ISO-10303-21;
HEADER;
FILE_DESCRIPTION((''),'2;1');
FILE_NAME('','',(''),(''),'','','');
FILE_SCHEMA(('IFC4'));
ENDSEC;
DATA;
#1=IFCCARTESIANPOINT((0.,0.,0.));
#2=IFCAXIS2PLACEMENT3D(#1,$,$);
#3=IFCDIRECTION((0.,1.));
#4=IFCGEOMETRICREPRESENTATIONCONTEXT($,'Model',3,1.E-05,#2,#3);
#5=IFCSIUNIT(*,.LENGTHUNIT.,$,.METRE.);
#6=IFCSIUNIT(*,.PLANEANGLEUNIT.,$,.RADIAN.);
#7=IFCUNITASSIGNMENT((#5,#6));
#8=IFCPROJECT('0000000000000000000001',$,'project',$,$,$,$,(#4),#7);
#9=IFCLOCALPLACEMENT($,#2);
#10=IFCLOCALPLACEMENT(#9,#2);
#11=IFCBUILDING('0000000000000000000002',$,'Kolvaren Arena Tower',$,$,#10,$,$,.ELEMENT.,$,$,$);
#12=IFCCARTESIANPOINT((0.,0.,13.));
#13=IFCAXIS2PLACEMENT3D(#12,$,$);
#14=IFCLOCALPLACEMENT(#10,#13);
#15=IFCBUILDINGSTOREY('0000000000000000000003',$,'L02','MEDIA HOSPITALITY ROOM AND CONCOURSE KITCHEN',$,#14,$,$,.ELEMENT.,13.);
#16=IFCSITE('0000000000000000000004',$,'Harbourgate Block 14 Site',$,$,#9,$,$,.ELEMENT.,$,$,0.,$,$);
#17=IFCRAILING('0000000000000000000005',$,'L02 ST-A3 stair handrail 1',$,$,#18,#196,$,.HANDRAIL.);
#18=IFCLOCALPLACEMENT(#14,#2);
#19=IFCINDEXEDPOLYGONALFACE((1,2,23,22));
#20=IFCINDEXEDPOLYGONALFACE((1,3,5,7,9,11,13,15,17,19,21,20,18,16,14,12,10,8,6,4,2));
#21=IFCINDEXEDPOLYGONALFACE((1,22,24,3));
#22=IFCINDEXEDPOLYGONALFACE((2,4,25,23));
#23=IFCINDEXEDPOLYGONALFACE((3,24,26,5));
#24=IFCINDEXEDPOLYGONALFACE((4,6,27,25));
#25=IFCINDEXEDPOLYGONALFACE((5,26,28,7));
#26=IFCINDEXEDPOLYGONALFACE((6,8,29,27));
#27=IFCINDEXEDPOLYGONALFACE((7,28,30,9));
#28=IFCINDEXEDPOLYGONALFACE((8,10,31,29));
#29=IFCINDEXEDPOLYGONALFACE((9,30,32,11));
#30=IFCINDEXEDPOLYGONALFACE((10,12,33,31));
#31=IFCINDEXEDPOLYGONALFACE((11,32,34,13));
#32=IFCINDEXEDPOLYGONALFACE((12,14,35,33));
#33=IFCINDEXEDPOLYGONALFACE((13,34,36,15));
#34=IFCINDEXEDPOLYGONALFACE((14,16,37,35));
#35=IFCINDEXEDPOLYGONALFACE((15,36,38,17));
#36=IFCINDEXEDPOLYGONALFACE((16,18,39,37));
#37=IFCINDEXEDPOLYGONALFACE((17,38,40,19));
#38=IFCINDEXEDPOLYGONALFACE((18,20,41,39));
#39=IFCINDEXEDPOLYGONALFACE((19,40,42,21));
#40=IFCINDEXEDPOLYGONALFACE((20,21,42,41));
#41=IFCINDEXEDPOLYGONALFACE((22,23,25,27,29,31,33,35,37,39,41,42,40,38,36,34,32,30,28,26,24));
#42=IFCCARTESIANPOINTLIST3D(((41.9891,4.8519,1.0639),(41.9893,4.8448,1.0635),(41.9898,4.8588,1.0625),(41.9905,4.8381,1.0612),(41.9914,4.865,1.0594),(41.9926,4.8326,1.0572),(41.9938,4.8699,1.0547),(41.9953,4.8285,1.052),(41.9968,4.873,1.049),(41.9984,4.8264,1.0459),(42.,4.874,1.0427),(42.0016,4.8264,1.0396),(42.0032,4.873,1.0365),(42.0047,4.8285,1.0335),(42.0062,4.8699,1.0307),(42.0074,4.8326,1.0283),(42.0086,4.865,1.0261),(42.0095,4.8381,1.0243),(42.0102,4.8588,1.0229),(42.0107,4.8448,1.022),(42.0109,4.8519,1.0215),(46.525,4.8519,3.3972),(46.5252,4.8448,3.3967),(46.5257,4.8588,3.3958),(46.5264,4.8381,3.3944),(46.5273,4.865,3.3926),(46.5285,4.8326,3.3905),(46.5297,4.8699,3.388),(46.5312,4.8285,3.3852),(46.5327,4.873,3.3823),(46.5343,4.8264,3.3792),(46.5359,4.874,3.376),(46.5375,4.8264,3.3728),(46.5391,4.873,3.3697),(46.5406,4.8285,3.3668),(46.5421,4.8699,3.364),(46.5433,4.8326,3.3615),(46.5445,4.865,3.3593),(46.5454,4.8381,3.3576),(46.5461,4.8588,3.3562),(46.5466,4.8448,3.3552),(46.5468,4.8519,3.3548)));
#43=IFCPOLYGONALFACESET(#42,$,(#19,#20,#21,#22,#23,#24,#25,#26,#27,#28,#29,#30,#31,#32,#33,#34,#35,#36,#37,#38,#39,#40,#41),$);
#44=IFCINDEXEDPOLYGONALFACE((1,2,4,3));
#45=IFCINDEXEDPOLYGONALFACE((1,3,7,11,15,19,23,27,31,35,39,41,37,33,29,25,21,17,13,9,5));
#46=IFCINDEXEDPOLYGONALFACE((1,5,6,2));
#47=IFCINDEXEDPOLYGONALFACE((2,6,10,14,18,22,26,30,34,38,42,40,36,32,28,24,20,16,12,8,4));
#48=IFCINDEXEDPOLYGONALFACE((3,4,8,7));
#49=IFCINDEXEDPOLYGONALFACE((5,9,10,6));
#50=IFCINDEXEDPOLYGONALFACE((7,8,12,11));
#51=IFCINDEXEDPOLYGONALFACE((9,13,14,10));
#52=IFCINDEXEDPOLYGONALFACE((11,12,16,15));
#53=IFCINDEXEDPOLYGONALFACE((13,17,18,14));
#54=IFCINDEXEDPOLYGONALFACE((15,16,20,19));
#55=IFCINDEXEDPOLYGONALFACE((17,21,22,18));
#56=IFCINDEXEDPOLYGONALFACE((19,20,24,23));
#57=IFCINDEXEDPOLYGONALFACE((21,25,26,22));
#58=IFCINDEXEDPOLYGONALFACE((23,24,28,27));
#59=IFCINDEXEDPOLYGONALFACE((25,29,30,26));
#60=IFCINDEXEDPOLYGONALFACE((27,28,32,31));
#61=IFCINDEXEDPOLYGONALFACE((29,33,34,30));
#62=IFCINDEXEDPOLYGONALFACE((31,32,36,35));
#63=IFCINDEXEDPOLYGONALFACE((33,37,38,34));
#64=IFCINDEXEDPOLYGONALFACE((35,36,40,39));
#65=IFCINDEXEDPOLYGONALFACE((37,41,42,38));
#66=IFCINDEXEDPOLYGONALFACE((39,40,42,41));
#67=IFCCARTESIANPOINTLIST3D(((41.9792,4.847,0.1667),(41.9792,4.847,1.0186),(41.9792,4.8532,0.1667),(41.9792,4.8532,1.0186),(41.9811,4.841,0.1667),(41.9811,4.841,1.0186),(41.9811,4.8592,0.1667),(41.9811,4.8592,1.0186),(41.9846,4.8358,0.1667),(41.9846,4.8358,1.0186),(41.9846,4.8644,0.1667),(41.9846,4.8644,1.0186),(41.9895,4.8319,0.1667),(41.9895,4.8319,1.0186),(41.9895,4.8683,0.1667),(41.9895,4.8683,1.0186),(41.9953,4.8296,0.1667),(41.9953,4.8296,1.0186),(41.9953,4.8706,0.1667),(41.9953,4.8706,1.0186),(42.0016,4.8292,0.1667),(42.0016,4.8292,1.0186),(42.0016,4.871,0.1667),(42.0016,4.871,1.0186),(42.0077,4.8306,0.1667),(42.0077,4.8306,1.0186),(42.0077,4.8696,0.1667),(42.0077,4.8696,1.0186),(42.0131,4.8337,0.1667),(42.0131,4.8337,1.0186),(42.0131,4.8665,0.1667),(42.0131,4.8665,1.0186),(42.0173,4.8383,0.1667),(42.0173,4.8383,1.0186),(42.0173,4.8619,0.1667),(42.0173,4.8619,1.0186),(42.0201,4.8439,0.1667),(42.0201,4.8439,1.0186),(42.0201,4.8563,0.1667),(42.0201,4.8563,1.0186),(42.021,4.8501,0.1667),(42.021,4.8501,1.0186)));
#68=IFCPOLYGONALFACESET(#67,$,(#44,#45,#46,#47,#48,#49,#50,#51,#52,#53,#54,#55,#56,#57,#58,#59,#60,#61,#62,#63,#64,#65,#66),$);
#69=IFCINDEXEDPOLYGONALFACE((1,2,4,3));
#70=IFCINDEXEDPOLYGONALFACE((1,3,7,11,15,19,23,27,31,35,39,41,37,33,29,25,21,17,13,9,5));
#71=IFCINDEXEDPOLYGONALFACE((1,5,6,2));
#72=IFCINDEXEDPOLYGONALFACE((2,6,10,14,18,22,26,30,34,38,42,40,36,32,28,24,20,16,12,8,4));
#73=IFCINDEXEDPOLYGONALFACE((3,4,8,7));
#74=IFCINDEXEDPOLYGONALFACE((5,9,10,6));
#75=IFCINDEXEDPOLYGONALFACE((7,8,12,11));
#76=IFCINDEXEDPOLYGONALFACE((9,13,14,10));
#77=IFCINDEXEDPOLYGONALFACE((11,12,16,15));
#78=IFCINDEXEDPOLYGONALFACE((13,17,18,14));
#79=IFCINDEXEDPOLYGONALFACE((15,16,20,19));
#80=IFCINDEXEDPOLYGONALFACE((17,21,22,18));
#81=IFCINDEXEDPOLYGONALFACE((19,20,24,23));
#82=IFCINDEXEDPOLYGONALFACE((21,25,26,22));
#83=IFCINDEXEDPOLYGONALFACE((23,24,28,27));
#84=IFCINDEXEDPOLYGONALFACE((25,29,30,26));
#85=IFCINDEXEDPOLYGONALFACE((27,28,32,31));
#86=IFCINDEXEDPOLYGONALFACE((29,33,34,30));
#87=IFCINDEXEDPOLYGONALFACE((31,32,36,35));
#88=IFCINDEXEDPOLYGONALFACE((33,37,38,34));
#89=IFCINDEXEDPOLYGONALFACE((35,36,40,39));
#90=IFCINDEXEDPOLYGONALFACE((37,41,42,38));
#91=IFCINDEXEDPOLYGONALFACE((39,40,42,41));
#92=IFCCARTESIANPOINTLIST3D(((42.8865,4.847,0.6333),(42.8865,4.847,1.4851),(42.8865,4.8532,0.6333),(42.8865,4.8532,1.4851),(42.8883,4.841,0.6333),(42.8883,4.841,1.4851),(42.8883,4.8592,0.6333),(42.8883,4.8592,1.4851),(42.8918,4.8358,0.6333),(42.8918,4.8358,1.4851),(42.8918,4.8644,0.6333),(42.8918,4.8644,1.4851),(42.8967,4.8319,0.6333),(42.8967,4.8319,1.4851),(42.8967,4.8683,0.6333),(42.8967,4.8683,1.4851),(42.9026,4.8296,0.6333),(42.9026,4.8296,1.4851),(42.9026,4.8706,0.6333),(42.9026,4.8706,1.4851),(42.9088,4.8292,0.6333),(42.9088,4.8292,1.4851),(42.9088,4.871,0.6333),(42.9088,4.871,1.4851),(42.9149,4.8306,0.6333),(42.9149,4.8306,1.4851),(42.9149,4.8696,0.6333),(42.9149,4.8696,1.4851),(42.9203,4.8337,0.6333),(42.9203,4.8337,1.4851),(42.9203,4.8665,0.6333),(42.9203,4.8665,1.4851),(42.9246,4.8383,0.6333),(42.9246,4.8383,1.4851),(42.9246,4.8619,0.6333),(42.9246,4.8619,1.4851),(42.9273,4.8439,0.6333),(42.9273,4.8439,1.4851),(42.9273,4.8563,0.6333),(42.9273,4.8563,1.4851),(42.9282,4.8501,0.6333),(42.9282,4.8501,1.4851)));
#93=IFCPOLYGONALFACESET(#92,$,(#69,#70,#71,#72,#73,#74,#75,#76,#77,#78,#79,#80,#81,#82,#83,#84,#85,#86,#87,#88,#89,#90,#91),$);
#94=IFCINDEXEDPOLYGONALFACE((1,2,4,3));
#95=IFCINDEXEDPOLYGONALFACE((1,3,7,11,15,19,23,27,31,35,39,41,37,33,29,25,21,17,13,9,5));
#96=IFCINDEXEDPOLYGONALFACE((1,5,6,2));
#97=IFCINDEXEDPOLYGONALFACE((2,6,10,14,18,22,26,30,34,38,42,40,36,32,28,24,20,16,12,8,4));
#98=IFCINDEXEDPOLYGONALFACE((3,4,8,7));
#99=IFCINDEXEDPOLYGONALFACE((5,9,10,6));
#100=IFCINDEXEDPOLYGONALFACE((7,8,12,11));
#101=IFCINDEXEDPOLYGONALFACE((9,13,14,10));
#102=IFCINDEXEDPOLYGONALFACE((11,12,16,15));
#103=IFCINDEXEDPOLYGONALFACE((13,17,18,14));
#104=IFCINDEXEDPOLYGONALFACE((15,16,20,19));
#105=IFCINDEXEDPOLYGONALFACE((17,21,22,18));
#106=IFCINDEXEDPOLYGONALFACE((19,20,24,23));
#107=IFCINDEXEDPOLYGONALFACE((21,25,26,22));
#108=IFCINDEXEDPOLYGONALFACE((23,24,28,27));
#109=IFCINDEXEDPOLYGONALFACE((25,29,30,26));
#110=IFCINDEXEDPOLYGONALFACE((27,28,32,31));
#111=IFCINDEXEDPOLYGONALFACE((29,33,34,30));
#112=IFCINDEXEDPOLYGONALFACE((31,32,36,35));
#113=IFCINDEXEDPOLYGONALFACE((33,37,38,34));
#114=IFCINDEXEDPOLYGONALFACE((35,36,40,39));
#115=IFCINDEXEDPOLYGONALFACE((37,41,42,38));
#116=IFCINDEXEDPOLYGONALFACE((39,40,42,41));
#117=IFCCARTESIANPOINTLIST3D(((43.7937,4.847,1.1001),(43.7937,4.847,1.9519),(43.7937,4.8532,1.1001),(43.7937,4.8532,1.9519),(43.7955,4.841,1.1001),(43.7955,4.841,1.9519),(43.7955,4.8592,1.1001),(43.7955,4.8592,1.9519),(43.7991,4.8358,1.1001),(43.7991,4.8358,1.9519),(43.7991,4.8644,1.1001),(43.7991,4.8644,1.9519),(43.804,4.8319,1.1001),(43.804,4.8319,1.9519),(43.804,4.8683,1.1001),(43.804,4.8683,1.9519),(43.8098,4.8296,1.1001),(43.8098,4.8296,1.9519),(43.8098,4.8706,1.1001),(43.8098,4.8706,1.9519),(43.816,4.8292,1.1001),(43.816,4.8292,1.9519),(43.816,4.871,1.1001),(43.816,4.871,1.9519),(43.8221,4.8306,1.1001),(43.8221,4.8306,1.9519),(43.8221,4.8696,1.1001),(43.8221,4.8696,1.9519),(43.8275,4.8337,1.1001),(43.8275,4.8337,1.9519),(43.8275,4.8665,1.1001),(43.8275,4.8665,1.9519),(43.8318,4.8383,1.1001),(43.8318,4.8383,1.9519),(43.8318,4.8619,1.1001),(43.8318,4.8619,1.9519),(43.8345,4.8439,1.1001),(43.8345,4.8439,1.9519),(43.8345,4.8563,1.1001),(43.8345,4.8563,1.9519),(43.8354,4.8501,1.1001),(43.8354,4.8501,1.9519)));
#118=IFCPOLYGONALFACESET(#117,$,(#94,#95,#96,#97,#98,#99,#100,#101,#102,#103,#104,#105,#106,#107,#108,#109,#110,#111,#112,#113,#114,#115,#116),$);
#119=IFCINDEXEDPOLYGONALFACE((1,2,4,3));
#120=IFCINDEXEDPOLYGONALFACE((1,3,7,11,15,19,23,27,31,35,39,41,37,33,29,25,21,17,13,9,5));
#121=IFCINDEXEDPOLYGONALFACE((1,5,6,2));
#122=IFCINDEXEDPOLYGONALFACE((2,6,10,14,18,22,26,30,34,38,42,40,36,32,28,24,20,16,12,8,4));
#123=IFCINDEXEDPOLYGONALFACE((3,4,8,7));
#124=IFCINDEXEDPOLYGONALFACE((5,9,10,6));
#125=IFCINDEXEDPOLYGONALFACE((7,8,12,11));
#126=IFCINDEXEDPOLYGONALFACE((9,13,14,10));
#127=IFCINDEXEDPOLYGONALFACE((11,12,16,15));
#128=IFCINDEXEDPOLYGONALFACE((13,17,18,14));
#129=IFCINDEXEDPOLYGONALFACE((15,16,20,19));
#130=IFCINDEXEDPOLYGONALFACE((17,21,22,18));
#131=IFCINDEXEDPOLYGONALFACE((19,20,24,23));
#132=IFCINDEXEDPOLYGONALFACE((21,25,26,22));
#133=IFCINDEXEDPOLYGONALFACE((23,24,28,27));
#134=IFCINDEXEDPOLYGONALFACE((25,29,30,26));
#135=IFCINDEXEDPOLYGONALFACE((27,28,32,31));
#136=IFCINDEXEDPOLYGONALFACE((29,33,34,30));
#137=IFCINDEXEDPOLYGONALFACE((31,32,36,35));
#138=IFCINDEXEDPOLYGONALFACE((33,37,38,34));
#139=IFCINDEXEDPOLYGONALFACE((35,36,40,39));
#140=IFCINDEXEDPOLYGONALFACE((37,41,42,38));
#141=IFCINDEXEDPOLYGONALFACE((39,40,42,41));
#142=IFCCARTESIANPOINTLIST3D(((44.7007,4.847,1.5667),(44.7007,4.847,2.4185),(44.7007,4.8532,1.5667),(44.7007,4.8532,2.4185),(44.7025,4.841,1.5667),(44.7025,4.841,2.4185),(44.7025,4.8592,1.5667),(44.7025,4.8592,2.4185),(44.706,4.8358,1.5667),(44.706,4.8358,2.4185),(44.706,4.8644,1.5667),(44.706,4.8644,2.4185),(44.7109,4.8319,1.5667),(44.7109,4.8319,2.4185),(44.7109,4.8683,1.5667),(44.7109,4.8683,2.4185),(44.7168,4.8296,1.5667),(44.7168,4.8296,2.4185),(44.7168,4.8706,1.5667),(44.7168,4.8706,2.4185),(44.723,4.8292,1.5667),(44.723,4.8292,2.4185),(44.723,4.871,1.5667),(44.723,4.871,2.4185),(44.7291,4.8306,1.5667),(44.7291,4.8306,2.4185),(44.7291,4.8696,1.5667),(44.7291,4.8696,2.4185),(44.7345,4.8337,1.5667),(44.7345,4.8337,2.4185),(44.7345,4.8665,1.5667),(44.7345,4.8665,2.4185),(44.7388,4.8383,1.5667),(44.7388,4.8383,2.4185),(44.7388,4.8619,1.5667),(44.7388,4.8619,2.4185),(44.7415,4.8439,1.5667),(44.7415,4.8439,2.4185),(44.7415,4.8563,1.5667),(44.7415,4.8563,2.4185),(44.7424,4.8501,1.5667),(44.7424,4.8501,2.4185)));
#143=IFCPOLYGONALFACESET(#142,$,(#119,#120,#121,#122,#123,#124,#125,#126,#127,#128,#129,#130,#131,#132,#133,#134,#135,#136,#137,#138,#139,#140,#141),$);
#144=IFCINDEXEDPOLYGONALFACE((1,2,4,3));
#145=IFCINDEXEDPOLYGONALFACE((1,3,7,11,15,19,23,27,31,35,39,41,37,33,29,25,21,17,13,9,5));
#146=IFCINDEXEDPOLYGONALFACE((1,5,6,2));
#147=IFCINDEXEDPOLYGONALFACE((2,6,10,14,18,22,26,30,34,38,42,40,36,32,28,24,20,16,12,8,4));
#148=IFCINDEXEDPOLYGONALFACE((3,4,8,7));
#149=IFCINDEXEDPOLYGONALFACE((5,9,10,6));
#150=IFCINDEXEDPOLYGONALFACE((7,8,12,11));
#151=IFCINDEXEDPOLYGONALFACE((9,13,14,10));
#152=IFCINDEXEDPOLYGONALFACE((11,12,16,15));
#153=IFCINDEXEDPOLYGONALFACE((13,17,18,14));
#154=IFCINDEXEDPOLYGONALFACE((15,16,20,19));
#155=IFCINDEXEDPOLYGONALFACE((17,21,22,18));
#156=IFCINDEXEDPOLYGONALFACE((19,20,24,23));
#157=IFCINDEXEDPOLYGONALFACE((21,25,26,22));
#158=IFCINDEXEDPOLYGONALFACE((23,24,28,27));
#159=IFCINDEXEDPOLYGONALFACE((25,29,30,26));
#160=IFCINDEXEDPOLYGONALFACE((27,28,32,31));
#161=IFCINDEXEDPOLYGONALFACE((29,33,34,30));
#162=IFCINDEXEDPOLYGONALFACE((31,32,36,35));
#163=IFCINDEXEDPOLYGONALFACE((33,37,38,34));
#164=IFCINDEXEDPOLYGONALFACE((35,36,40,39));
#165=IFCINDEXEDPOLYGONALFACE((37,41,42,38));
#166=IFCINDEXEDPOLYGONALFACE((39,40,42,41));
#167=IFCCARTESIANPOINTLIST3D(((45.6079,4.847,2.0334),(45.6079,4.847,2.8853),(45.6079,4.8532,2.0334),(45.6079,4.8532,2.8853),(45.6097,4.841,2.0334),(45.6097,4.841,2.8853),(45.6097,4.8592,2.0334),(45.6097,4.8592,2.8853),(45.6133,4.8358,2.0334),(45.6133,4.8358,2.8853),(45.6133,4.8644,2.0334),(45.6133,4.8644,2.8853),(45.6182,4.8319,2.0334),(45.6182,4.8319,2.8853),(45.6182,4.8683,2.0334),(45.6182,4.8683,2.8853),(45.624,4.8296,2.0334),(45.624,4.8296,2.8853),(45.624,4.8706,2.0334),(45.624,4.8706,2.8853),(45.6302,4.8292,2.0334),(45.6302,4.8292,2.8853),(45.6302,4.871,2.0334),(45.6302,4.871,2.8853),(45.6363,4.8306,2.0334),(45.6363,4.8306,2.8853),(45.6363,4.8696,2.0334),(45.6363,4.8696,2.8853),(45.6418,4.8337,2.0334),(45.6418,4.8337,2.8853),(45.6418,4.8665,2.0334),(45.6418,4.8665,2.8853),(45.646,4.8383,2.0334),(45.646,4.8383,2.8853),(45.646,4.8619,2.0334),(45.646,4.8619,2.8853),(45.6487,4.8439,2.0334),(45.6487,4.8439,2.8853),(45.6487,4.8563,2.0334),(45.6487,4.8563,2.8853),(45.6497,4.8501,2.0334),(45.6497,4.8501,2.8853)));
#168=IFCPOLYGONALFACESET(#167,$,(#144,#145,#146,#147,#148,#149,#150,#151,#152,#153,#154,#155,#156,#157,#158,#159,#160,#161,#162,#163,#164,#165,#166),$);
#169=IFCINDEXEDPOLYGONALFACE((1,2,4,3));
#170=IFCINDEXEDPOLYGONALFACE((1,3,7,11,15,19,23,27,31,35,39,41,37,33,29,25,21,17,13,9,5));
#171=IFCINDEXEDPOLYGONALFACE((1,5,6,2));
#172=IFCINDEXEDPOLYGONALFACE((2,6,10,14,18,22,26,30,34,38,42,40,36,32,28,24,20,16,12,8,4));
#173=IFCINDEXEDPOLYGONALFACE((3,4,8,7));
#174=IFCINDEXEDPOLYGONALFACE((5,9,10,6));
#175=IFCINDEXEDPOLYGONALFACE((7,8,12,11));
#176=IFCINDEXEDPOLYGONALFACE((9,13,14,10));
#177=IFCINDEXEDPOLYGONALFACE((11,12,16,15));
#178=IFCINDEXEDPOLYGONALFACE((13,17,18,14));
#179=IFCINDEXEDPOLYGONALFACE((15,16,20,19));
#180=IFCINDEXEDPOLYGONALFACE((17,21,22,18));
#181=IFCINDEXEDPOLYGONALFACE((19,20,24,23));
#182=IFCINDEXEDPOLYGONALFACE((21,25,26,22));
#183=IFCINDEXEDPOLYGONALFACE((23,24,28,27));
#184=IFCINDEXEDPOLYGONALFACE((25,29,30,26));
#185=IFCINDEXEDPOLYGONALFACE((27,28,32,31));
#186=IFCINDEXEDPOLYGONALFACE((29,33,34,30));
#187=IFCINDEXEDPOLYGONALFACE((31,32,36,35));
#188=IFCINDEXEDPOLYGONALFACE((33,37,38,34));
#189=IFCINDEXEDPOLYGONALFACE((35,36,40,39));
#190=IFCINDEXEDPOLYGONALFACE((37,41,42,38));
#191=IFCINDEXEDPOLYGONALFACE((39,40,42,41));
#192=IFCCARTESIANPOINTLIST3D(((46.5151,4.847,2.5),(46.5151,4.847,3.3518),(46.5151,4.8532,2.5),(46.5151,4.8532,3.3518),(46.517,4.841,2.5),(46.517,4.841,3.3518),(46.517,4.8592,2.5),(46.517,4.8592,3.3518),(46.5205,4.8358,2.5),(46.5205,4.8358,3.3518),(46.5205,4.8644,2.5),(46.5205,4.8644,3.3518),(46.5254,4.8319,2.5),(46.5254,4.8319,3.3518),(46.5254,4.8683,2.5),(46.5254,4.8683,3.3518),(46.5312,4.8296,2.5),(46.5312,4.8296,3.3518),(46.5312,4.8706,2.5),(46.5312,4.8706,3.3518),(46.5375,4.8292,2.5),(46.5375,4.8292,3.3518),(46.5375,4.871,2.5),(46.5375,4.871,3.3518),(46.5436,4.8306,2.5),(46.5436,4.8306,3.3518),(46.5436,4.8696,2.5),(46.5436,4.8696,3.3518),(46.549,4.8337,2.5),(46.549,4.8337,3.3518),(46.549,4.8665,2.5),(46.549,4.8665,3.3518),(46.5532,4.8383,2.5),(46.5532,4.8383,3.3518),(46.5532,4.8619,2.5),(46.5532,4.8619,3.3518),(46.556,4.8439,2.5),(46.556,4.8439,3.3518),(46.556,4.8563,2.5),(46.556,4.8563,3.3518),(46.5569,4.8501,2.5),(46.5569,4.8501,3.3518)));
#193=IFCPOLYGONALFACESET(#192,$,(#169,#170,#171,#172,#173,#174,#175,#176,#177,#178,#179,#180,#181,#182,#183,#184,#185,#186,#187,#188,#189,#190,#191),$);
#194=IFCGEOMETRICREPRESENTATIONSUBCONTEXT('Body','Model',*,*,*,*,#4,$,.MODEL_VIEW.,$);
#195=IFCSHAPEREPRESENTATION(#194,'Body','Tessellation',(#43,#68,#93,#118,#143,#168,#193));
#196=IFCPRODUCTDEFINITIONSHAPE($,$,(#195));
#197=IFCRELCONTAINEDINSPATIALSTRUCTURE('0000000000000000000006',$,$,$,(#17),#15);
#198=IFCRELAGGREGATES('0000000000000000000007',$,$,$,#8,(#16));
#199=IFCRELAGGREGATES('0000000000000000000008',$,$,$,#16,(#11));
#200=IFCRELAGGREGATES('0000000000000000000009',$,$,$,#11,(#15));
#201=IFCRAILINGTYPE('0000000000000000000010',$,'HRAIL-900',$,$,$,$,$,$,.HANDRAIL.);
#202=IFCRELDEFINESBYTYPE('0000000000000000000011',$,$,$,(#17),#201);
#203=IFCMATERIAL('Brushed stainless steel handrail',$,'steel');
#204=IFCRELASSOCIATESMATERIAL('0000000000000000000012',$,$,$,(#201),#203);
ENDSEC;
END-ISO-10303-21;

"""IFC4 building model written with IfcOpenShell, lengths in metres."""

from ifc_helpers import new_model, si_unit, direction, frame, origin, origin_2d, place, context, subcontext, project, spatial, circle, extrude, material, type_object, element, save


model = new_model("IFC4")

# Units and contexts
model_context = context("Model", 3, precision=1e-05, world=origin(), true_north=direction((0.0, 1.0)))
body_context = subcontext(model_context, "Body", "Model", "MODEL_VIEW")
ifc_project = project(units=[si_unit("LENGTHUNIT", "METRE"), si_unit("PLANEANGLEUNIT", "RADIAN")], contexts=[model_context])

# Site, building, storey
site_placement = place(None, origin())
site = spatial("IfcSite", under=ifc_project, at=site_placement, Name="Harbourgate Block 14 Site", CompositionType="ELEMENT", RefElevation=0.0)
building_placement = place(site_placement, origin())
building = spatial("IfcBuilding", under=site, at=building_placement, Name="Kolvaren Arena Tower", CompositionType="ELEMENT")
storey_placement = place(building_placement, frame((0.0, 0.0, 13.0)))
storey = spatial("IfcBuildingStorey", under=building, at=storey_placement, Name="L02", Description="MEDIA HOSPITALITY ROOM AND CONCOURSE KITCHEN", CompositionType="ELEMENT", Elevation=13.0)

# Railing
ifc_material_1 = material(Name="Brushed stainless steel handrail", Category="steel")
railing_type_1 = type_object("IfcRailingType", Name="HRAIL-900", PredefinedType="HANDRAIL", material=ifc_material_1)
railing_1_placement = place(storey_placement, frame((42.0, 4.8501, 0.1667)))
element("IfcRailing", 1, at=railing_1_placement, inside=storey, type_object=railing_type_1, Name="L02 ST-A3 stair handrail 1", PredefinedType="HANDRAIL", context=body_context, shape_type="SweptSolid", body=[
    extrude(circle(Radius=0.0239, at=origin_2d()), frame((0.0, 0.0, 0.876), z_axis=(0.889247, 0.0, 0.457427), x_axis=(0.0, 1.0, 0.0)), (0.0, 0.0, 1.0), 5.1008),
    extrude(circle(Radius=0.021, at=origin_2d()), origin(), (0.0, 0.0, 1.0), 0.8518),
    extrude(circle(Radius=0.021, at=origin_2d()), frame((0.9072, 0.0, 0.4666)), (0.0, 0.0, 1.0), 0.8518),
    extrude(circle(Radius=0.021, at=origin_2d()), frame((1.8145, 0.0, 0.9333)), (0.0, 0.0, 1.0), 0.8518),
    extrude(circle(Radius=0.021, at=origin_2d()), frame((2.7214, 0.0, 1.3999)), (0.0, 0.0, 1.0), 0.8518),
    extrude(circle(Radius=0.021, at=origin_2d()), frame((3.6287, 0.0, 1.8667)), (0.0, 0.0, 1.0), 0.8518),
    extrude(circle(Radius=0.021, at=origin_2d()), frame((4.5359, 0.0, 2.3333)), (0.0, 0.0, 1.0), 0.8518),
])

save(model, "model.ifc")
